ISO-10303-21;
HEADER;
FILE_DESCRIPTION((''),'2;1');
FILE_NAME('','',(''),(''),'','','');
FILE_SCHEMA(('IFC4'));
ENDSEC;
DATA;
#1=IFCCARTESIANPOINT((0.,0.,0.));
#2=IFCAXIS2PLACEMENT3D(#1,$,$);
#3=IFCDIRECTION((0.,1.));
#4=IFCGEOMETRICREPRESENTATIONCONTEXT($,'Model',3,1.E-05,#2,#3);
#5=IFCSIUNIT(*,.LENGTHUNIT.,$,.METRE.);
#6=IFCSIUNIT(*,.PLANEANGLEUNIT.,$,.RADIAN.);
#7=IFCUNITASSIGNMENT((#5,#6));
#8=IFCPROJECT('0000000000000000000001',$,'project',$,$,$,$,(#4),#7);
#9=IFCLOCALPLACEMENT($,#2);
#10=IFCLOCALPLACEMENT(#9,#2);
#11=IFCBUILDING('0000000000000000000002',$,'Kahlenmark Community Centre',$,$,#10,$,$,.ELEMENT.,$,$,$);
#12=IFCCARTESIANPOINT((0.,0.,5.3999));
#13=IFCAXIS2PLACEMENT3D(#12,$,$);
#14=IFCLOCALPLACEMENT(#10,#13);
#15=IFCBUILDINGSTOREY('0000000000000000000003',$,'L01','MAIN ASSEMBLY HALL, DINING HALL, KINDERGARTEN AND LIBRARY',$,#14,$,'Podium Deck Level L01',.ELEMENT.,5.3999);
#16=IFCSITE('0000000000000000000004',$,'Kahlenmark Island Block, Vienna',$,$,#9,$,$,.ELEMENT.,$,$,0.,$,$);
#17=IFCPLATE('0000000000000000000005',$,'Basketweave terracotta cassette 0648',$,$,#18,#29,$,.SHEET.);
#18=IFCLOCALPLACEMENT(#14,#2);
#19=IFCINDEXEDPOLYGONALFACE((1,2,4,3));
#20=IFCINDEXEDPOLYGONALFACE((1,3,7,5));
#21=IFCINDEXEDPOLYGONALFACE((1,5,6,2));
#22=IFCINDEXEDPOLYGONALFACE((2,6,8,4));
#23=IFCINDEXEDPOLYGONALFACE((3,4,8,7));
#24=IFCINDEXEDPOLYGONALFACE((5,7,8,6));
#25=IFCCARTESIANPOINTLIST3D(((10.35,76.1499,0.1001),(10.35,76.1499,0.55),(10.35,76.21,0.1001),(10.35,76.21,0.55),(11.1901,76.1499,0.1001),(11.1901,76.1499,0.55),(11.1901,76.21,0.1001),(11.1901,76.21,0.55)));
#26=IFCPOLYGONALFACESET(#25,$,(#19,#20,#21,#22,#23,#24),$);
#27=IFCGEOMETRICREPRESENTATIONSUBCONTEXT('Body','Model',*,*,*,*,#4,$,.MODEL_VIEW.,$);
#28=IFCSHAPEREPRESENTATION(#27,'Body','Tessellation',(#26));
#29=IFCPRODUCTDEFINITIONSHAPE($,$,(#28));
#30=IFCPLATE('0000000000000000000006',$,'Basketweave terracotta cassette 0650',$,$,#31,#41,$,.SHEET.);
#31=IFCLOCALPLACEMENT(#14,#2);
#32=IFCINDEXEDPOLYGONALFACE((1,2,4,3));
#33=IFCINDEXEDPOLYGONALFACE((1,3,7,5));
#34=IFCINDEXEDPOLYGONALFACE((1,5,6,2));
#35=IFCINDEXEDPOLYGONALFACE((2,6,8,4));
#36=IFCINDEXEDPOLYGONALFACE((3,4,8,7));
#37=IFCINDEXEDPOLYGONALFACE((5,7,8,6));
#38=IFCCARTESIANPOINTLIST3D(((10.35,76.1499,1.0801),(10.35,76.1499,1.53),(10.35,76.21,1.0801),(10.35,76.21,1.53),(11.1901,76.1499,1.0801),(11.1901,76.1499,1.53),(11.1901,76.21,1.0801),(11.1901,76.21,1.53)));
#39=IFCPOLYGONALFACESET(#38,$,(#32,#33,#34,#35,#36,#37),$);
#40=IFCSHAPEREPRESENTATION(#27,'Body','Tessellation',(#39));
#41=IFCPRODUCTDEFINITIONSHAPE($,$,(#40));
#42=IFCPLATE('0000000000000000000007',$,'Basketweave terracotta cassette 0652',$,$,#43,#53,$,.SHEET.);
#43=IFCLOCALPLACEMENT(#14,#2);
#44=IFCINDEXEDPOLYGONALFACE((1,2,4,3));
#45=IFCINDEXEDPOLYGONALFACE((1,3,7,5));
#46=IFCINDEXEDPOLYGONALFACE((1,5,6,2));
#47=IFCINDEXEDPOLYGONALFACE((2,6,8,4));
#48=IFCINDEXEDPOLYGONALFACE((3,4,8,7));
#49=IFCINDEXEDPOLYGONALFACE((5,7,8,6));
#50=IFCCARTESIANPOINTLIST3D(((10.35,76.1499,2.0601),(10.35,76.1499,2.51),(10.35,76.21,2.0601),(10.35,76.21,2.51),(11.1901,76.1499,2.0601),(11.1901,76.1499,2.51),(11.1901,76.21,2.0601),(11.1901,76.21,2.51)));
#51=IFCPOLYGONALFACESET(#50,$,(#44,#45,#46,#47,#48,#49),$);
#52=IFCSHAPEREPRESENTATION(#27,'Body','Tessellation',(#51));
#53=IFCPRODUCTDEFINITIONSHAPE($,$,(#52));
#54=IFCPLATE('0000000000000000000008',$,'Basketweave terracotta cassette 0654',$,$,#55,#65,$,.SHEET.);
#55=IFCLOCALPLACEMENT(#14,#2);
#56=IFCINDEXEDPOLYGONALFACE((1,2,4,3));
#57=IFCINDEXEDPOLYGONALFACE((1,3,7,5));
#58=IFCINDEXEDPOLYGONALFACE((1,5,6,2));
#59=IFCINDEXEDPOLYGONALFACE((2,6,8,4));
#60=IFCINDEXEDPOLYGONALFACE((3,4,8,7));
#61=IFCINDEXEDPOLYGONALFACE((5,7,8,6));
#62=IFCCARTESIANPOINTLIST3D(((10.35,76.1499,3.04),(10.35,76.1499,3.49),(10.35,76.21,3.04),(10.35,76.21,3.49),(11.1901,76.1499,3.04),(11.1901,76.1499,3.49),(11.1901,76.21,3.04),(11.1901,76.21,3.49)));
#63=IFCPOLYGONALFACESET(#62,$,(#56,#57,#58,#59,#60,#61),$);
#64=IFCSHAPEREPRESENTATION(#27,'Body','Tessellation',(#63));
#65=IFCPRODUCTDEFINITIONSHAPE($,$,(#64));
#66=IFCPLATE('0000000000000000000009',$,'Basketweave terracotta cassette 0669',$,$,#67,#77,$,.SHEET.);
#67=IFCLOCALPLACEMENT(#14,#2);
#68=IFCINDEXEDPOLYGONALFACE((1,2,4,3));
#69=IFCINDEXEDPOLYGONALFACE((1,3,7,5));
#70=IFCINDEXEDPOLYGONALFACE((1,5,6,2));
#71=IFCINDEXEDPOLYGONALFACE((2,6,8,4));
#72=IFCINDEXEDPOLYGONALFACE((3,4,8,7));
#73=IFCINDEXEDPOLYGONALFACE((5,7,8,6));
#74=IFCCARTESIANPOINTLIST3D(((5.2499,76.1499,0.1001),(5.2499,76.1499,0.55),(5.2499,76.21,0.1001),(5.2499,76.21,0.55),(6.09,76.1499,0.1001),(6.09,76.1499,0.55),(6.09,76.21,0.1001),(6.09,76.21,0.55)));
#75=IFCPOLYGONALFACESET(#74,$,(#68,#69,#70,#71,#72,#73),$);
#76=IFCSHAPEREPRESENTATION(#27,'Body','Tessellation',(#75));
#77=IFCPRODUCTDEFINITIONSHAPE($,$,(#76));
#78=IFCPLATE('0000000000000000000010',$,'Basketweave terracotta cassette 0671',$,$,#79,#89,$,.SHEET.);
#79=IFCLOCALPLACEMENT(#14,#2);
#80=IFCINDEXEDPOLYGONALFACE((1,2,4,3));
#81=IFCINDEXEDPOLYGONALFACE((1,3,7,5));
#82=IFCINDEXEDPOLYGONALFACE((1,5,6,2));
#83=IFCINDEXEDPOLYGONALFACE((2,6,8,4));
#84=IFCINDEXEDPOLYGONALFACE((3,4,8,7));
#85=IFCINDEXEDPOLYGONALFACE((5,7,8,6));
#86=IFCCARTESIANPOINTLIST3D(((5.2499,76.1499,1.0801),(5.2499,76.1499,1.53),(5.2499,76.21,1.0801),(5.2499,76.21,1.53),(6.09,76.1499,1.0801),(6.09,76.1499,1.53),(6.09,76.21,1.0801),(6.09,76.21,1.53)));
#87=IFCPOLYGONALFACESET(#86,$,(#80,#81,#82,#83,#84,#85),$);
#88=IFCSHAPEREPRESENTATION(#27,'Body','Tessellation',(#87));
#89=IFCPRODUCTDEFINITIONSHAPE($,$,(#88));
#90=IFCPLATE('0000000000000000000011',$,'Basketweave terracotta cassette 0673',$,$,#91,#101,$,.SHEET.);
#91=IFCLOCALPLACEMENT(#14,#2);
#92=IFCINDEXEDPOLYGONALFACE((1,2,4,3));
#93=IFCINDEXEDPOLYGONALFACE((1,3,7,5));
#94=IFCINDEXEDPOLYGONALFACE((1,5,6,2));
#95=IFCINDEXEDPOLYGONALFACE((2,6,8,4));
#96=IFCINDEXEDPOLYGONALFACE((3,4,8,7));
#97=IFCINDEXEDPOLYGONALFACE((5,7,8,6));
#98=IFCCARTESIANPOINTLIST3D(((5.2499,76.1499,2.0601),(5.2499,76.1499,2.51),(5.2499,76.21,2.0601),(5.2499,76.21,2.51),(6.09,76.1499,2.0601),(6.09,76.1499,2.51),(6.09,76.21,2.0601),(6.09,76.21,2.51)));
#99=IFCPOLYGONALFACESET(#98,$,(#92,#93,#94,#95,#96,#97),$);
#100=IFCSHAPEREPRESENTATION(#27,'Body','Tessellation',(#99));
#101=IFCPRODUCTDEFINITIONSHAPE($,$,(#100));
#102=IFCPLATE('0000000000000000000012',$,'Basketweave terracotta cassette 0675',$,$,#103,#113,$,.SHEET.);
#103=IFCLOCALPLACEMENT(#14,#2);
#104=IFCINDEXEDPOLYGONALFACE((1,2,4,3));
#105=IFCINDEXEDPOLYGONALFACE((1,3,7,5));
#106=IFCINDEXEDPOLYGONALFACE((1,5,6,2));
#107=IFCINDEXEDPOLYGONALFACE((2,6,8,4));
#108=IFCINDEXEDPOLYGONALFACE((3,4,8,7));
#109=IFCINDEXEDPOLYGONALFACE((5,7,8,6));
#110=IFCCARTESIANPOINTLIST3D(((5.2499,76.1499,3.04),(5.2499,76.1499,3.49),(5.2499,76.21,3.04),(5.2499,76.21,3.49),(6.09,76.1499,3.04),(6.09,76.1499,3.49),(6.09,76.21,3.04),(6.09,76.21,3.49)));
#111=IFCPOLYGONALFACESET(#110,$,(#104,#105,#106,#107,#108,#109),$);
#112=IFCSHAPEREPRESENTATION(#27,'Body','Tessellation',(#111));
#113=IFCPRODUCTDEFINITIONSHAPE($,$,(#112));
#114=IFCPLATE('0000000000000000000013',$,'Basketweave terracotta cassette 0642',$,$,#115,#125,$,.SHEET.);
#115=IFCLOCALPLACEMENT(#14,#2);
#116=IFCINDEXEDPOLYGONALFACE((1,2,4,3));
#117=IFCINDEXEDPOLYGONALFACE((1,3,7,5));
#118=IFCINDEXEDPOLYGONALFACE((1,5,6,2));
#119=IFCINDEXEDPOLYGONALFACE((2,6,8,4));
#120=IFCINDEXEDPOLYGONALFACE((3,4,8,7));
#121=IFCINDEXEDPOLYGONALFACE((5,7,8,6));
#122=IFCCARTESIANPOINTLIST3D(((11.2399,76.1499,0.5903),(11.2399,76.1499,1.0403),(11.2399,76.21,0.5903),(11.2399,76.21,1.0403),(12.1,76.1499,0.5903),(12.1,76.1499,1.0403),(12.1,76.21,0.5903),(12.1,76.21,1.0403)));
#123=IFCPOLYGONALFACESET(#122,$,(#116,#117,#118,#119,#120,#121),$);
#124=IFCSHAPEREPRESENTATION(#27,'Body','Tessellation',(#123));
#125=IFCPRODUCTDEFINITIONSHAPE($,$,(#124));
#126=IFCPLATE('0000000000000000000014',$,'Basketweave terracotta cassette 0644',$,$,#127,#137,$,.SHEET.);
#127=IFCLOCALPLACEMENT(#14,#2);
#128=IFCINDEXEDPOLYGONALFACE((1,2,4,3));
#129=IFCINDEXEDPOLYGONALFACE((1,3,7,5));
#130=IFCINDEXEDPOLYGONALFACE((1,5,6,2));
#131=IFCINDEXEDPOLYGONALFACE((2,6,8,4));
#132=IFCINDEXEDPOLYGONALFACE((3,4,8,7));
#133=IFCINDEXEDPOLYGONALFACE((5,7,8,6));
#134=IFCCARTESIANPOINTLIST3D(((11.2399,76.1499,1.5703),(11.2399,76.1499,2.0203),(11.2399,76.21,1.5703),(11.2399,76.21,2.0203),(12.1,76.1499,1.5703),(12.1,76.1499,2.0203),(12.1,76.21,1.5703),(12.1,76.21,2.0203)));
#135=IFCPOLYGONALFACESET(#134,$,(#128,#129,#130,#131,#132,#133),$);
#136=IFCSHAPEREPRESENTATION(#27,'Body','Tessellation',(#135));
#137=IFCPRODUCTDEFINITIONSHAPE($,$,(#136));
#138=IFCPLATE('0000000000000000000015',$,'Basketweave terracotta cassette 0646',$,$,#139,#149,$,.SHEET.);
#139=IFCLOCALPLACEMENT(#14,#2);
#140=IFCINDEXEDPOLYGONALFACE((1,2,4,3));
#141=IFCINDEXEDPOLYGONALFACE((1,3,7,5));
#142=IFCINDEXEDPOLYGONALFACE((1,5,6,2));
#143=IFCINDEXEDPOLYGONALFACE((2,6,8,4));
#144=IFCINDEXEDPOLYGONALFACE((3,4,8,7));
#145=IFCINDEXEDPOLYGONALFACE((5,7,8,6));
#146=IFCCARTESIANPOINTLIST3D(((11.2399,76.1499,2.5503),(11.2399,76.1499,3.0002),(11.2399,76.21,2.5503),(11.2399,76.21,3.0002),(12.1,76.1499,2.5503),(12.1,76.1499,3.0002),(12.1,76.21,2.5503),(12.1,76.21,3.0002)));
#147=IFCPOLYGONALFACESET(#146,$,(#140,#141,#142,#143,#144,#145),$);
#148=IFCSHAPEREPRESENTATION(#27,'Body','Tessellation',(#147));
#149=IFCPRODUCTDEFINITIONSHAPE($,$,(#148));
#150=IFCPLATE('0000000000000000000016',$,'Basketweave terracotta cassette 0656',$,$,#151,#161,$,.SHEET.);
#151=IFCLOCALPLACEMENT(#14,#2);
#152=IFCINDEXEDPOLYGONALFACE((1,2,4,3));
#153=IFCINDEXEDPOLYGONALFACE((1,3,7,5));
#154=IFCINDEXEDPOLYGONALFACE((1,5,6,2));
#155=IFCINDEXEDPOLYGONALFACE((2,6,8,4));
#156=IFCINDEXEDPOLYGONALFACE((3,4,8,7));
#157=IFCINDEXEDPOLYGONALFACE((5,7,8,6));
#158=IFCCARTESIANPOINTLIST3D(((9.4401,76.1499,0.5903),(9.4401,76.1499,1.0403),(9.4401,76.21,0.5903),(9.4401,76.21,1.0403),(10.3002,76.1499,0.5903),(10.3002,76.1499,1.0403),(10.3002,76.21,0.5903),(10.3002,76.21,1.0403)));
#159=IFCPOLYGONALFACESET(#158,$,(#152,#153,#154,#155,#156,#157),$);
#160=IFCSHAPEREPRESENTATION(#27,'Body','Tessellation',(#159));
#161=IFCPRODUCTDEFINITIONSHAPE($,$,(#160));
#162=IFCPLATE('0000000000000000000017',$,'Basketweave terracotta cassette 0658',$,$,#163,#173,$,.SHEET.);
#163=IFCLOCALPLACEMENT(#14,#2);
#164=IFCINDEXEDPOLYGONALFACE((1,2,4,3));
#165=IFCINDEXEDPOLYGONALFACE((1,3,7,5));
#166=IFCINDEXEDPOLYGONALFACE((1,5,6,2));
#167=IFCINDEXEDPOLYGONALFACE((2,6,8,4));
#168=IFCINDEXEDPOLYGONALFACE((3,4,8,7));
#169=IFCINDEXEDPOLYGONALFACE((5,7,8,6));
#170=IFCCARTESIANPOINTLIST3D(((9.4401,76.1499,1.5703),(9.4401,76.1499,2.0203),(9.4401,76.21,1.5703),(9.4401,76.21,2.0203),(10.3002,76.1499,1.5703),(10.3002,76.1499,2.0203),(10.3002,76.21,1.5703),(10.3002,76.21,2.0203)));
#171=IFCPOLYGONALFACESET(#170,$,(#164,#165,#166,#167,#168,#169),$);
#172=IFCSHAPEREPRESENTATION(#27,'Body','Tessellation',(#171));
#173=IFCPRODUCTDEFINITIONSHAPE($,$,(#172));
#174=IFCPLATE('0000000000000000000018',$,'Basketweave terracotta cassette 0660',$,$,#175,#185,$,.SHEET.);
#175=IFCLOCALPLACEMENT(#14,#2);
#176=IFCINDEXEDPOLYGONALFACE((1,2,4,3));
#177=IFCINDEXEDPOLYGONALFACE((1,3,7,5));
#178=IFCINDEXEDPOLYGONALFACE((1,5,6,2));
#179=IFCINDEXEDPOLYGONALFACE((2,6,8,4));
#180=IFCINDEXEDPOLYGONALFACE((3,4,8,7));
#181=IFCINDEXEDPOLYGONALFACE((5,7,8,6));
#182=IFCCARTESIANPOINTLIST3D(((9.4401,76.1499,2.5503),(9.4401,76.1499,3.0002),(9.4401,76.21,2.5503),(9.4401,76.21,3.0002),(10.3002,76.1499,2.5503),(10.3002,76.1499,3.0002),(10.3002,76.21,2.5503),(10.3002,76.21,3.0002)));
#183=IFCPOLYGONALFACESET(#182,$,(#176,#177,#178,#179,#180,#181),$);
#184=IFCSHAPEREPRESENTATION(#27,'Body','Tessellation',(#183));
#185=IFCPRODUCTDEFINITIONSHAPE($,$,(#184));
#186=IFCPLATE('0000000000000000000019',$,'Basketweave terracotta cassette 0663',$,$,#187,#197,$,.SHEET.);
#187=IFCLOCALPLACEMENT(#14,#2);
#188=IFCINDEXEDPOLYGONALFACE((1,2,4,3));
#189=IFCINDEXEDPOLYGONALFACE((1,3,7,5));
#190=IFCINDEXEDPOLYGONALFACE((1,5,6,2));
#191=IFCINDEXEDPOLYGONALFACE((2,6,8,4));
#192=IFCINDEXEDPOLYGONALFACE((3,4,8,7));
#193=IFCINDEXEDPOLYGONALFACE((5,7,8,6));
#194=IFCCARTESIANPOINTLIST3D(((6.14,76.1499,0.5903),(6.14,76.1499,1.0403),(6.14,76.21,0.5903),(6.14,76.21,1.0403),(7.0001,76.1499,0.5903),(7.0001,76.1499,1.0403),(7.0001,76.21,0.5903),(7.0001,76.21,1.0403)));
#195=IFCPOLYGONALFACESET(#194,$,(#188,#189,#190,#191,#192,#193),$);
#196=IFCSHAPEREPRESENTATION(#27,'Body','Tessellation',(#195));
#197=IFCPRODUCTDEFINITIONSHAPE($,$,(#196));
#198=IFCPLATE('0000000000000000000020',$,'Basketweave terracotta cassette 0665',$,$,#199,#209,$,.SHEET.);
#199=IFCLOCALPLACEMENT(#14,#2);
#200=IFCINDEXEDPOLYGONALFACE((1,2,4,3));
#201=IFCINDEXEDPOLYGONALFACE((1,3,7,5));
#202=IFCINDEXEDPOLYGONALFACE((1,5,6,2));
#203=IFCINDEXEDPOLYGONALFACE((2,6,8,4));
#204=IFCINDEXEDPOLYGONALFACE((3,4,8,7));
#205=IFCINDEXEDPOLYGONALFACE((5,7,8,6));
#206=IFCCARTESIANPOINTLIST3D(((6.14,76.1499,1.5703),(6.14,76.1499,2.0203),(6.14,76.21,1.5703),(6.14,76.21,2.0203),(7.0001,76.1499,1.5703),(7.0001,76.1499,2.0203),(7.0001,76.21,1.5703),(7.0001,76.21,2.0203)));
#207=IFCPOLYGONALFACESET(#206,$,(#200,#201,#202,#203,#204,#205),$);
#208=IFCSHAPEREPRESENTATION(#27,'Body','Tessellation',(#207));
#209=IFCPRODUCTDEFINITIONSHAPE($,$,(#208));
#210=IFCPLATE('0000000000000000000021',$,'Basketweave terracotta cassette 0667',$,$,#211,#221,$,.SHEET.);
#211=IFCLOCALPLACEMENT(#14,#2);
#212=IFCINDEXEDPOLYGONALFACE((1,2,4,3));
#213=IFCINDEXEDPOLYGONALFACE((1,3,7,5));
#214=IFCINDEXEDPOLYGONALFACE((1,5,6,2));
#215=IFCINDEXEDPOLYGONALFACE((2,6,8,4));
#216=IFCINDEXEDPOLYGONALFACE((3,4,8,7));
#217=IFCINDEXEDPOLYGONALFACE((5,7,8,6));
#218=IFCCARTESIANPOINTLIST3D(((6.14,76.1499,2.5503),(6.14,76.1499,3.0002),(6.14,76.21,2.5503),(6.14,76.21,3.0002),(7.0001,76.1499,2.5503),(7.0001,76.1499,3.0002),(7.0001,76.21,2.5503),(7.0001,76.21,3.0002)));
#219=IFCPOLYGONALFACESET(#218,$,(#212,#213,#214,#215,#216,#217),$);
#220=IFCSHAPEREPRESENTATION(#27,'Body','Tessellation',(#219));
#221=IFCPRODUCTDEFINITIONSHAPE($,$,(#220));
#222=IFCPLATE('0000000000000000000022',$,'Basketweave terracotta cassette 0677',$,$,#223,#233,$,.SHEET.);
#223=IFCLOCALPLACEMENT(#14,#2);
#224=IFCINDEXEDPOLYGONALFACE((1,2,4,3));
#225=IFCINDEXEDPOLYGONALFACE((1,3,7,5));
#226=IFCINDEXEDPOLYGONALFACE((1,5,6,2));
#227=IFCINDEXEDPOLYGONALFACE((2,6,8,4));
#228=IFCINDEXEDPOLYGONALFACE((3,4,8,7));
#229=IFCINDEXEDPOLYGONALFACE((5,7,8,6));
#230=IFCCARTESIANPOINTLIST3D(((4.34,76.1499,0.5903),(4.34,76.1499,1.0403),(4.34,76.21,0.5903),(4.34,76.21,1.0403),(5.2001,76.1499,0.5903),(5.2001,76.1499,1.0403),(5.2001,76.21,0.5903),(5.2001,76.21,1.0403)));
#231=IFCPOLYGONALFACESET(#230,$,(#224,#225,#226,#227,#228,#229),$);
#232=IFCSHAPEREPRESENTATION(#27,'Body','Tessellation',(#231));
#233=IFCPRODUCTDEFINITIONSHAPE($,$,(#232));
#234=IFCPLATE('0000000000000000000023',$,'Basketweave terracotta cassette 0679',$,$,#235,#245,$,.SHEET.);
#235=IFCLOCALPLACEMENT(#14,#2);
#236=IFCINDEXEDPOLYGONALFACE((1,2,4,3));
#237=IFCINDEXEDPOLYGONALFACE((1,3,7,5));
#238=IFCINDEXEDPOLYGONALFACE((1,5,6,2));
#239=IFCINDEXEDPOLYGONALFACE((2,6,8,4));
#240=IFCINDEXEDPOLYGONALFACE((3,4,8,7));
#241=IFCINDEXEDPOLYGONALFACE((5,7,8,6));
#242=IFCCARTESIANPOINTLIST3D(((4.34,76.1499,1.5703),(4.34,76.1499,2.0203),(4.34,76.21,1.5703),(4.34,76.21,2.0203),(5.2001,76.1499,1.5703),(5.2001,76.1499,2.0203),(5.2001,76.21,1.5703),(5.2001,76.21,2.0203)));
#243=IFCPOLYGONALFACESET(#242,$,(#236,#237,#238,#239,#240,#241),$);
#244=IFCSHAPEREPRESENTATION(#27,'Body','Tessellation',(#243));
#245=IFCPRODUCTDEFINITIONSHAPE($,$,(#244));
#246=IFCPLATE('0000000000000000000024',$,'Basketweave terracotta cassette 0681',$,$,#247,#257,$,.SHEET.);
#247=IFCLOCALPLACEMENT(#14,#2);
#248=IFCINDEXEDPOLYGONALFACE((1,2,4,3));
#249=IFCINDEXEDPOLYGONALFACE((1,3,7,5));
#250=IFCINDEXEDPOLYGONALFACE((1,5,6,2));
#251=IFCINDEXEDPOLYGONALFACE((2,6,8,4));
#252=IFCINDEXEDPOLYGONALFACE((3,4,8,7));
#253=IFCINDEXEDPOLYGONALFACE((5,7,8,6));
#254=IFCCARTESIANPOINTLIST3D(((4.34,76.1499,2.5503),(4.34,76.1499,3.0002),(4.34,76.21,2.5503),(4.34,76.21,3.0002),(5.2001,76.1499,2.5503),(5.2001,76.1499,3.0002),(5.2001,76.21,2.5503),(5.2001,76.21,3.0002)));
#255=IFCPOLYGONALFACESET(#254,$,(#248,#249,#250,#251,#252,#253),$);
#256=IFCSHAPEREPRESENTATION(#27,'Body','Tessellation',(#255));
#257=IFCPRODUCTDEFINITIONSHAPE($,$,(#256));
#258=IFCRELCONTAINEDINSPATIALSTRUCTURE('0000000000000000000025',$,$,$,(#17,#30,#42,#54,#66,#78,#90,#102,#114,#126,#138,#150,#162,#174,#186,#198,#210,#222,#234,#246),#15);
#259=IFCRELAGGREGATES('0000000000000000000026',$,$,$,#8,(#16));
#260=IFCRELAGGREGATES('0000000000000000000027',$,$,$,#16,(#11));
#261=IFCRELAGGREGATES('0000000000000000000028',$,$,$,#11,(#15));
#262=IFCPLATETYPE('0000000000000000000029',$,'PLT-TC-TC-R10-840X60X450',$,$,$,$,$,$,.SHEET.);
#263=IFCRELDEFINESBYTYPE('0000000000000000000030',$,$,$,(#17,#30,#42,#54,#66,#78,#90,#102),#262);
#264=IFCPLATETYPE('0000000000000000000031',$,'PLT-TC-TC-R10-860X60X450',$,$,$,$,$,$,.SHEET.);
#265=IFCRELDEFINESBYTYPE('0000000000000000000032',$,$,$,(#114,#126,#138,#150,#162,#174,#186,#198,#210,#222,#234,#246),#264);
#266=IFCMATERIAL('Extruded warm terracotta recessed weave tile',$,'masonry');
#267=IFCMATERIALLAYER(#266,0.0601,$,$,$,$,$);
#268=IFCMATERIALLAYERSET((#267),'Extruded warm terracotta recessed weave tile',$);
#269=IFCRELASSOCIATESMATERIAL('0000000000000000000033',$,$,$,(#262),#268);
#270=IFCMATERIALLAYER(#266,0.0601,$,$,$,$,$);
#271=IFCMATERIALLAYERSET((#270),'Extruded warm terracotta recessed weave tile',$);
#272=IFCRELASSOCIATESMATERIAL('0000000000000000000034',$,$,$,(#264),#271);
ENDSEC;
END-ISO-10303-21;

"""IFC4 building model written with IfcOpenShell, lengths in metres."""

from ifc_helpers import new_model, si_unit, direction, frame, origin, origin_2d, place, context, subcontext, project, spatial, rectangle, extrude, material, layer, layer_set, type_object, element, save


model = new_model("IFC4")

# Units and contexts
model_context = context("Model", 3, precision=1e-05, world=origin(), true_north=direction((0.0, 1.0)))
body_context = subcontext(model_context, "Body", "Model", "MODEL_VIEW")
ifc_project = project(units=[si_unit("LENGTHUNIT", "METRE"), si_unit("PLANEANGLEUNIT", "RADIAN")], contexts=[model_context])

# Site, building, storey
site_placement = place(None, origin())
site = spatial("IfcSite", under=ifc_project, at=site_placement, Name="Kahlenmark Island Block, Vienna", CompositionType="ELEMENT", RefElevation=0.0)
building_placement = place(site_placement, origin())
building = spatial("IfcBuilding", under=site, at=building_placement, Name="Kahlenmark Community Centre", CompositionType="ELEMENT")
storey_placement = place(building_placement, frame((0.0, 0.0, 5.3999)))
storey = spatial("IfcBuildingStorey", under=building, at=storey_placement, Name="L01", Description="MAIN ASSEMBLY HALL, DINING HALL, KINDERGARTEN AND LIBRARY", LongName="Podium Deck Level L01", CompositionType="ELEMENT", Elevation=5.3999)

# Plates
ifc_material_1 = material(Name="Extruded warm terracotta recessed weave tile", Category="masonry")
ifc_layer_1 = layer(ifc_material_1, 0.0601)
ifc_layer_set_1 = layer_set([ifc_layer_1], Name="Extruded warm terracotta recessed weave tile")
plate_type_1 = type_object("IfcPlateType", Name="PLT-TC-TC-R10-840X60X450", PredefinedType="SHEET", material=ifc_layer_set_1)
for number, where, z_axis, x_axis, name in (
    (1, (10.77, 76.1799, 0.1001), (0.0, 0.0, 1.0), (-1.0, 0.0, 0.0), "Basketweave terracotta cassette 0648"),
    (2, (10.77, 76.1799, 1.0801), (0.0, 0.0, 1.0), (-1.0, 0.0, 0.0), "Basketweave terracotta cassette 0650"),
    (3, (10.77, 76.1799, 2.0601), (0.0, 0.0, 1.0), (-1.0, 0.0, 0.0), "Basketweave terracotta cassette 0652"),
    (4, (10.77, 76.1799, 3.04), (0.0, 0.0, 1.0), (-1.0, 0.0, 0.0), "Basketweave terracotta cassette 0654"),
    (5, (5.6699, 76.1799, 0.1001), (0.0, 0.0, 1.0), (-1.0, 0.0, 0.0), "Basketweave terracotta cassette 0669"),
    (6, (5.6699, 76.1799, 1.0801), (0.0, 0.0, 1.0), (-1.0, 0.0, 0.0), "Basketweave terracotta cassette 0671"),
    (7, (5.6699, 76.1799, 2.0601), (0.0, 0.0, 1.0), (-1.0, 0.0, 0.0), "Basketweave terracotta cassette 0673"),
    (8, (5.6699, 76.1799, 3.04), (0.0, 0.0, 1.0), (-1.0, 0.0, 0.0), "Basketweave terracotta cassette 0675"),
):
    element("IfcPlate", number, at=place(storey_placement, frame(where, z_axis=z_axis, x_axis=x_axis)), inside=storey, type_object=plate_type_1, Name=name, PredefinedType="SHEET", context=body_context, shape_type="SweptSolid", body=[
        extrude(rectangle(XDim=0.8401, YDim=0.0601, at=origin_2d()), origin(), (0.0, 0.0, 1.0), 0.45),
    ])
ifc_layer_2 = layer(ifc_material_1, 0.0601)
ifc_layer_set_2 = layer_set([ifc_layer_2], Name="Extruded warm terracotta recessed weave tile")
plate_type_2 = type_object("IfcPlateType", Name="PLT-TC-TC-R10-860X60X450", PredefinedType="SHEET", material=ifc_layer_set_2)
for number, where, z_axis, x_axis, name in (
    (9, (11.6699, 76.1799, 0.5903), (0.0, 0.0, 1.0), (-1.0, 0.0, 0.0), "Basketweave terracotta cassette 0642"),
    (10, (11.6699, 76.1799, 1.5703), (0.0, 0.0, 1.0), (-1.0, 0.0, 0.0), "Basketweave terracotta cassette 0644"),
    (11, (11.6699, 76.1799, 2.5503), (0.0, 0.0, 1.0), (-1.0, 0.0, 0.0), "Basketweave terracotta cassette 0646"),
    (12, (9.8701, 76.1799, 0.5903), (0.0, 0.0, 1.0), (-1.0, 0.0, 0.0), "Basketweave terracotta cassette 0656"),
    (13, (9.8701, 76.1799, 1.5703), (0.0, 0.0, 1.0), (-1.0, 0.0, 0.0), "Basketweave terracotta cassette 0658"),
    (14, (9.8701, 76.1799, 2.5503), (0.0, 0.0, 1.0), (-1.0, 0.0, 0.0), "Basketweave terracotta cassette 0660"),
    (15, (6.5701, 76.1799, 0.5903), (0.0, 0.0, 1.0), (-1.0, 0.0, 0.0), "Basketweave terracotta cassette 0663"),
    (16, (6.5701, 76.1799, 1.5703), (0.0, 0.0, 1.0), (-1.0, 0.0, 0.0), "Basketweave terracotta cassette 0665"),
    (17, (6.5701, 76.1799, 2.5503), (0.0, 0.0, 1.0), (-1.0, 0.0, 0.0), "Basketweave terracotta cassette 0667"),
    (18, (4.77, 76.1799, 0.5903), (0.0, 0.0, 1.0), (-1.0, 0.0, 0.0), "Basketweave terracotta cassette 0677"),
    (19, (4.77, 76.1799, 1.5703), (0.0, 0.0, 1.0), (-1.0, 0.0, 0.0), "Basketweave terracotta cassette 0679"),
    (20, (4.77, 76.1799, 2.5503), (0.0, 0.0, 1.0), (-1.0, 0.0, 0.0), "Basketweave terracotta cassette 0681"),
):
    element("IfcPlate", number, at=place(storey_placement, frame(where, z_axis=z_axis, x_axis=x_axis)), inside=storey, type_object=plate_type_2, Name=name, PredefinedType="SHEET", context=body_context, shape_type="SweptSolid", body=[
        extrude(rectangle(XDim=0.8601, YDim=0.0601, at=origin_2d()), origin(), (0.0, 0.0, 1.0), 0.45),
    ])

save(model, "model.ifc")
